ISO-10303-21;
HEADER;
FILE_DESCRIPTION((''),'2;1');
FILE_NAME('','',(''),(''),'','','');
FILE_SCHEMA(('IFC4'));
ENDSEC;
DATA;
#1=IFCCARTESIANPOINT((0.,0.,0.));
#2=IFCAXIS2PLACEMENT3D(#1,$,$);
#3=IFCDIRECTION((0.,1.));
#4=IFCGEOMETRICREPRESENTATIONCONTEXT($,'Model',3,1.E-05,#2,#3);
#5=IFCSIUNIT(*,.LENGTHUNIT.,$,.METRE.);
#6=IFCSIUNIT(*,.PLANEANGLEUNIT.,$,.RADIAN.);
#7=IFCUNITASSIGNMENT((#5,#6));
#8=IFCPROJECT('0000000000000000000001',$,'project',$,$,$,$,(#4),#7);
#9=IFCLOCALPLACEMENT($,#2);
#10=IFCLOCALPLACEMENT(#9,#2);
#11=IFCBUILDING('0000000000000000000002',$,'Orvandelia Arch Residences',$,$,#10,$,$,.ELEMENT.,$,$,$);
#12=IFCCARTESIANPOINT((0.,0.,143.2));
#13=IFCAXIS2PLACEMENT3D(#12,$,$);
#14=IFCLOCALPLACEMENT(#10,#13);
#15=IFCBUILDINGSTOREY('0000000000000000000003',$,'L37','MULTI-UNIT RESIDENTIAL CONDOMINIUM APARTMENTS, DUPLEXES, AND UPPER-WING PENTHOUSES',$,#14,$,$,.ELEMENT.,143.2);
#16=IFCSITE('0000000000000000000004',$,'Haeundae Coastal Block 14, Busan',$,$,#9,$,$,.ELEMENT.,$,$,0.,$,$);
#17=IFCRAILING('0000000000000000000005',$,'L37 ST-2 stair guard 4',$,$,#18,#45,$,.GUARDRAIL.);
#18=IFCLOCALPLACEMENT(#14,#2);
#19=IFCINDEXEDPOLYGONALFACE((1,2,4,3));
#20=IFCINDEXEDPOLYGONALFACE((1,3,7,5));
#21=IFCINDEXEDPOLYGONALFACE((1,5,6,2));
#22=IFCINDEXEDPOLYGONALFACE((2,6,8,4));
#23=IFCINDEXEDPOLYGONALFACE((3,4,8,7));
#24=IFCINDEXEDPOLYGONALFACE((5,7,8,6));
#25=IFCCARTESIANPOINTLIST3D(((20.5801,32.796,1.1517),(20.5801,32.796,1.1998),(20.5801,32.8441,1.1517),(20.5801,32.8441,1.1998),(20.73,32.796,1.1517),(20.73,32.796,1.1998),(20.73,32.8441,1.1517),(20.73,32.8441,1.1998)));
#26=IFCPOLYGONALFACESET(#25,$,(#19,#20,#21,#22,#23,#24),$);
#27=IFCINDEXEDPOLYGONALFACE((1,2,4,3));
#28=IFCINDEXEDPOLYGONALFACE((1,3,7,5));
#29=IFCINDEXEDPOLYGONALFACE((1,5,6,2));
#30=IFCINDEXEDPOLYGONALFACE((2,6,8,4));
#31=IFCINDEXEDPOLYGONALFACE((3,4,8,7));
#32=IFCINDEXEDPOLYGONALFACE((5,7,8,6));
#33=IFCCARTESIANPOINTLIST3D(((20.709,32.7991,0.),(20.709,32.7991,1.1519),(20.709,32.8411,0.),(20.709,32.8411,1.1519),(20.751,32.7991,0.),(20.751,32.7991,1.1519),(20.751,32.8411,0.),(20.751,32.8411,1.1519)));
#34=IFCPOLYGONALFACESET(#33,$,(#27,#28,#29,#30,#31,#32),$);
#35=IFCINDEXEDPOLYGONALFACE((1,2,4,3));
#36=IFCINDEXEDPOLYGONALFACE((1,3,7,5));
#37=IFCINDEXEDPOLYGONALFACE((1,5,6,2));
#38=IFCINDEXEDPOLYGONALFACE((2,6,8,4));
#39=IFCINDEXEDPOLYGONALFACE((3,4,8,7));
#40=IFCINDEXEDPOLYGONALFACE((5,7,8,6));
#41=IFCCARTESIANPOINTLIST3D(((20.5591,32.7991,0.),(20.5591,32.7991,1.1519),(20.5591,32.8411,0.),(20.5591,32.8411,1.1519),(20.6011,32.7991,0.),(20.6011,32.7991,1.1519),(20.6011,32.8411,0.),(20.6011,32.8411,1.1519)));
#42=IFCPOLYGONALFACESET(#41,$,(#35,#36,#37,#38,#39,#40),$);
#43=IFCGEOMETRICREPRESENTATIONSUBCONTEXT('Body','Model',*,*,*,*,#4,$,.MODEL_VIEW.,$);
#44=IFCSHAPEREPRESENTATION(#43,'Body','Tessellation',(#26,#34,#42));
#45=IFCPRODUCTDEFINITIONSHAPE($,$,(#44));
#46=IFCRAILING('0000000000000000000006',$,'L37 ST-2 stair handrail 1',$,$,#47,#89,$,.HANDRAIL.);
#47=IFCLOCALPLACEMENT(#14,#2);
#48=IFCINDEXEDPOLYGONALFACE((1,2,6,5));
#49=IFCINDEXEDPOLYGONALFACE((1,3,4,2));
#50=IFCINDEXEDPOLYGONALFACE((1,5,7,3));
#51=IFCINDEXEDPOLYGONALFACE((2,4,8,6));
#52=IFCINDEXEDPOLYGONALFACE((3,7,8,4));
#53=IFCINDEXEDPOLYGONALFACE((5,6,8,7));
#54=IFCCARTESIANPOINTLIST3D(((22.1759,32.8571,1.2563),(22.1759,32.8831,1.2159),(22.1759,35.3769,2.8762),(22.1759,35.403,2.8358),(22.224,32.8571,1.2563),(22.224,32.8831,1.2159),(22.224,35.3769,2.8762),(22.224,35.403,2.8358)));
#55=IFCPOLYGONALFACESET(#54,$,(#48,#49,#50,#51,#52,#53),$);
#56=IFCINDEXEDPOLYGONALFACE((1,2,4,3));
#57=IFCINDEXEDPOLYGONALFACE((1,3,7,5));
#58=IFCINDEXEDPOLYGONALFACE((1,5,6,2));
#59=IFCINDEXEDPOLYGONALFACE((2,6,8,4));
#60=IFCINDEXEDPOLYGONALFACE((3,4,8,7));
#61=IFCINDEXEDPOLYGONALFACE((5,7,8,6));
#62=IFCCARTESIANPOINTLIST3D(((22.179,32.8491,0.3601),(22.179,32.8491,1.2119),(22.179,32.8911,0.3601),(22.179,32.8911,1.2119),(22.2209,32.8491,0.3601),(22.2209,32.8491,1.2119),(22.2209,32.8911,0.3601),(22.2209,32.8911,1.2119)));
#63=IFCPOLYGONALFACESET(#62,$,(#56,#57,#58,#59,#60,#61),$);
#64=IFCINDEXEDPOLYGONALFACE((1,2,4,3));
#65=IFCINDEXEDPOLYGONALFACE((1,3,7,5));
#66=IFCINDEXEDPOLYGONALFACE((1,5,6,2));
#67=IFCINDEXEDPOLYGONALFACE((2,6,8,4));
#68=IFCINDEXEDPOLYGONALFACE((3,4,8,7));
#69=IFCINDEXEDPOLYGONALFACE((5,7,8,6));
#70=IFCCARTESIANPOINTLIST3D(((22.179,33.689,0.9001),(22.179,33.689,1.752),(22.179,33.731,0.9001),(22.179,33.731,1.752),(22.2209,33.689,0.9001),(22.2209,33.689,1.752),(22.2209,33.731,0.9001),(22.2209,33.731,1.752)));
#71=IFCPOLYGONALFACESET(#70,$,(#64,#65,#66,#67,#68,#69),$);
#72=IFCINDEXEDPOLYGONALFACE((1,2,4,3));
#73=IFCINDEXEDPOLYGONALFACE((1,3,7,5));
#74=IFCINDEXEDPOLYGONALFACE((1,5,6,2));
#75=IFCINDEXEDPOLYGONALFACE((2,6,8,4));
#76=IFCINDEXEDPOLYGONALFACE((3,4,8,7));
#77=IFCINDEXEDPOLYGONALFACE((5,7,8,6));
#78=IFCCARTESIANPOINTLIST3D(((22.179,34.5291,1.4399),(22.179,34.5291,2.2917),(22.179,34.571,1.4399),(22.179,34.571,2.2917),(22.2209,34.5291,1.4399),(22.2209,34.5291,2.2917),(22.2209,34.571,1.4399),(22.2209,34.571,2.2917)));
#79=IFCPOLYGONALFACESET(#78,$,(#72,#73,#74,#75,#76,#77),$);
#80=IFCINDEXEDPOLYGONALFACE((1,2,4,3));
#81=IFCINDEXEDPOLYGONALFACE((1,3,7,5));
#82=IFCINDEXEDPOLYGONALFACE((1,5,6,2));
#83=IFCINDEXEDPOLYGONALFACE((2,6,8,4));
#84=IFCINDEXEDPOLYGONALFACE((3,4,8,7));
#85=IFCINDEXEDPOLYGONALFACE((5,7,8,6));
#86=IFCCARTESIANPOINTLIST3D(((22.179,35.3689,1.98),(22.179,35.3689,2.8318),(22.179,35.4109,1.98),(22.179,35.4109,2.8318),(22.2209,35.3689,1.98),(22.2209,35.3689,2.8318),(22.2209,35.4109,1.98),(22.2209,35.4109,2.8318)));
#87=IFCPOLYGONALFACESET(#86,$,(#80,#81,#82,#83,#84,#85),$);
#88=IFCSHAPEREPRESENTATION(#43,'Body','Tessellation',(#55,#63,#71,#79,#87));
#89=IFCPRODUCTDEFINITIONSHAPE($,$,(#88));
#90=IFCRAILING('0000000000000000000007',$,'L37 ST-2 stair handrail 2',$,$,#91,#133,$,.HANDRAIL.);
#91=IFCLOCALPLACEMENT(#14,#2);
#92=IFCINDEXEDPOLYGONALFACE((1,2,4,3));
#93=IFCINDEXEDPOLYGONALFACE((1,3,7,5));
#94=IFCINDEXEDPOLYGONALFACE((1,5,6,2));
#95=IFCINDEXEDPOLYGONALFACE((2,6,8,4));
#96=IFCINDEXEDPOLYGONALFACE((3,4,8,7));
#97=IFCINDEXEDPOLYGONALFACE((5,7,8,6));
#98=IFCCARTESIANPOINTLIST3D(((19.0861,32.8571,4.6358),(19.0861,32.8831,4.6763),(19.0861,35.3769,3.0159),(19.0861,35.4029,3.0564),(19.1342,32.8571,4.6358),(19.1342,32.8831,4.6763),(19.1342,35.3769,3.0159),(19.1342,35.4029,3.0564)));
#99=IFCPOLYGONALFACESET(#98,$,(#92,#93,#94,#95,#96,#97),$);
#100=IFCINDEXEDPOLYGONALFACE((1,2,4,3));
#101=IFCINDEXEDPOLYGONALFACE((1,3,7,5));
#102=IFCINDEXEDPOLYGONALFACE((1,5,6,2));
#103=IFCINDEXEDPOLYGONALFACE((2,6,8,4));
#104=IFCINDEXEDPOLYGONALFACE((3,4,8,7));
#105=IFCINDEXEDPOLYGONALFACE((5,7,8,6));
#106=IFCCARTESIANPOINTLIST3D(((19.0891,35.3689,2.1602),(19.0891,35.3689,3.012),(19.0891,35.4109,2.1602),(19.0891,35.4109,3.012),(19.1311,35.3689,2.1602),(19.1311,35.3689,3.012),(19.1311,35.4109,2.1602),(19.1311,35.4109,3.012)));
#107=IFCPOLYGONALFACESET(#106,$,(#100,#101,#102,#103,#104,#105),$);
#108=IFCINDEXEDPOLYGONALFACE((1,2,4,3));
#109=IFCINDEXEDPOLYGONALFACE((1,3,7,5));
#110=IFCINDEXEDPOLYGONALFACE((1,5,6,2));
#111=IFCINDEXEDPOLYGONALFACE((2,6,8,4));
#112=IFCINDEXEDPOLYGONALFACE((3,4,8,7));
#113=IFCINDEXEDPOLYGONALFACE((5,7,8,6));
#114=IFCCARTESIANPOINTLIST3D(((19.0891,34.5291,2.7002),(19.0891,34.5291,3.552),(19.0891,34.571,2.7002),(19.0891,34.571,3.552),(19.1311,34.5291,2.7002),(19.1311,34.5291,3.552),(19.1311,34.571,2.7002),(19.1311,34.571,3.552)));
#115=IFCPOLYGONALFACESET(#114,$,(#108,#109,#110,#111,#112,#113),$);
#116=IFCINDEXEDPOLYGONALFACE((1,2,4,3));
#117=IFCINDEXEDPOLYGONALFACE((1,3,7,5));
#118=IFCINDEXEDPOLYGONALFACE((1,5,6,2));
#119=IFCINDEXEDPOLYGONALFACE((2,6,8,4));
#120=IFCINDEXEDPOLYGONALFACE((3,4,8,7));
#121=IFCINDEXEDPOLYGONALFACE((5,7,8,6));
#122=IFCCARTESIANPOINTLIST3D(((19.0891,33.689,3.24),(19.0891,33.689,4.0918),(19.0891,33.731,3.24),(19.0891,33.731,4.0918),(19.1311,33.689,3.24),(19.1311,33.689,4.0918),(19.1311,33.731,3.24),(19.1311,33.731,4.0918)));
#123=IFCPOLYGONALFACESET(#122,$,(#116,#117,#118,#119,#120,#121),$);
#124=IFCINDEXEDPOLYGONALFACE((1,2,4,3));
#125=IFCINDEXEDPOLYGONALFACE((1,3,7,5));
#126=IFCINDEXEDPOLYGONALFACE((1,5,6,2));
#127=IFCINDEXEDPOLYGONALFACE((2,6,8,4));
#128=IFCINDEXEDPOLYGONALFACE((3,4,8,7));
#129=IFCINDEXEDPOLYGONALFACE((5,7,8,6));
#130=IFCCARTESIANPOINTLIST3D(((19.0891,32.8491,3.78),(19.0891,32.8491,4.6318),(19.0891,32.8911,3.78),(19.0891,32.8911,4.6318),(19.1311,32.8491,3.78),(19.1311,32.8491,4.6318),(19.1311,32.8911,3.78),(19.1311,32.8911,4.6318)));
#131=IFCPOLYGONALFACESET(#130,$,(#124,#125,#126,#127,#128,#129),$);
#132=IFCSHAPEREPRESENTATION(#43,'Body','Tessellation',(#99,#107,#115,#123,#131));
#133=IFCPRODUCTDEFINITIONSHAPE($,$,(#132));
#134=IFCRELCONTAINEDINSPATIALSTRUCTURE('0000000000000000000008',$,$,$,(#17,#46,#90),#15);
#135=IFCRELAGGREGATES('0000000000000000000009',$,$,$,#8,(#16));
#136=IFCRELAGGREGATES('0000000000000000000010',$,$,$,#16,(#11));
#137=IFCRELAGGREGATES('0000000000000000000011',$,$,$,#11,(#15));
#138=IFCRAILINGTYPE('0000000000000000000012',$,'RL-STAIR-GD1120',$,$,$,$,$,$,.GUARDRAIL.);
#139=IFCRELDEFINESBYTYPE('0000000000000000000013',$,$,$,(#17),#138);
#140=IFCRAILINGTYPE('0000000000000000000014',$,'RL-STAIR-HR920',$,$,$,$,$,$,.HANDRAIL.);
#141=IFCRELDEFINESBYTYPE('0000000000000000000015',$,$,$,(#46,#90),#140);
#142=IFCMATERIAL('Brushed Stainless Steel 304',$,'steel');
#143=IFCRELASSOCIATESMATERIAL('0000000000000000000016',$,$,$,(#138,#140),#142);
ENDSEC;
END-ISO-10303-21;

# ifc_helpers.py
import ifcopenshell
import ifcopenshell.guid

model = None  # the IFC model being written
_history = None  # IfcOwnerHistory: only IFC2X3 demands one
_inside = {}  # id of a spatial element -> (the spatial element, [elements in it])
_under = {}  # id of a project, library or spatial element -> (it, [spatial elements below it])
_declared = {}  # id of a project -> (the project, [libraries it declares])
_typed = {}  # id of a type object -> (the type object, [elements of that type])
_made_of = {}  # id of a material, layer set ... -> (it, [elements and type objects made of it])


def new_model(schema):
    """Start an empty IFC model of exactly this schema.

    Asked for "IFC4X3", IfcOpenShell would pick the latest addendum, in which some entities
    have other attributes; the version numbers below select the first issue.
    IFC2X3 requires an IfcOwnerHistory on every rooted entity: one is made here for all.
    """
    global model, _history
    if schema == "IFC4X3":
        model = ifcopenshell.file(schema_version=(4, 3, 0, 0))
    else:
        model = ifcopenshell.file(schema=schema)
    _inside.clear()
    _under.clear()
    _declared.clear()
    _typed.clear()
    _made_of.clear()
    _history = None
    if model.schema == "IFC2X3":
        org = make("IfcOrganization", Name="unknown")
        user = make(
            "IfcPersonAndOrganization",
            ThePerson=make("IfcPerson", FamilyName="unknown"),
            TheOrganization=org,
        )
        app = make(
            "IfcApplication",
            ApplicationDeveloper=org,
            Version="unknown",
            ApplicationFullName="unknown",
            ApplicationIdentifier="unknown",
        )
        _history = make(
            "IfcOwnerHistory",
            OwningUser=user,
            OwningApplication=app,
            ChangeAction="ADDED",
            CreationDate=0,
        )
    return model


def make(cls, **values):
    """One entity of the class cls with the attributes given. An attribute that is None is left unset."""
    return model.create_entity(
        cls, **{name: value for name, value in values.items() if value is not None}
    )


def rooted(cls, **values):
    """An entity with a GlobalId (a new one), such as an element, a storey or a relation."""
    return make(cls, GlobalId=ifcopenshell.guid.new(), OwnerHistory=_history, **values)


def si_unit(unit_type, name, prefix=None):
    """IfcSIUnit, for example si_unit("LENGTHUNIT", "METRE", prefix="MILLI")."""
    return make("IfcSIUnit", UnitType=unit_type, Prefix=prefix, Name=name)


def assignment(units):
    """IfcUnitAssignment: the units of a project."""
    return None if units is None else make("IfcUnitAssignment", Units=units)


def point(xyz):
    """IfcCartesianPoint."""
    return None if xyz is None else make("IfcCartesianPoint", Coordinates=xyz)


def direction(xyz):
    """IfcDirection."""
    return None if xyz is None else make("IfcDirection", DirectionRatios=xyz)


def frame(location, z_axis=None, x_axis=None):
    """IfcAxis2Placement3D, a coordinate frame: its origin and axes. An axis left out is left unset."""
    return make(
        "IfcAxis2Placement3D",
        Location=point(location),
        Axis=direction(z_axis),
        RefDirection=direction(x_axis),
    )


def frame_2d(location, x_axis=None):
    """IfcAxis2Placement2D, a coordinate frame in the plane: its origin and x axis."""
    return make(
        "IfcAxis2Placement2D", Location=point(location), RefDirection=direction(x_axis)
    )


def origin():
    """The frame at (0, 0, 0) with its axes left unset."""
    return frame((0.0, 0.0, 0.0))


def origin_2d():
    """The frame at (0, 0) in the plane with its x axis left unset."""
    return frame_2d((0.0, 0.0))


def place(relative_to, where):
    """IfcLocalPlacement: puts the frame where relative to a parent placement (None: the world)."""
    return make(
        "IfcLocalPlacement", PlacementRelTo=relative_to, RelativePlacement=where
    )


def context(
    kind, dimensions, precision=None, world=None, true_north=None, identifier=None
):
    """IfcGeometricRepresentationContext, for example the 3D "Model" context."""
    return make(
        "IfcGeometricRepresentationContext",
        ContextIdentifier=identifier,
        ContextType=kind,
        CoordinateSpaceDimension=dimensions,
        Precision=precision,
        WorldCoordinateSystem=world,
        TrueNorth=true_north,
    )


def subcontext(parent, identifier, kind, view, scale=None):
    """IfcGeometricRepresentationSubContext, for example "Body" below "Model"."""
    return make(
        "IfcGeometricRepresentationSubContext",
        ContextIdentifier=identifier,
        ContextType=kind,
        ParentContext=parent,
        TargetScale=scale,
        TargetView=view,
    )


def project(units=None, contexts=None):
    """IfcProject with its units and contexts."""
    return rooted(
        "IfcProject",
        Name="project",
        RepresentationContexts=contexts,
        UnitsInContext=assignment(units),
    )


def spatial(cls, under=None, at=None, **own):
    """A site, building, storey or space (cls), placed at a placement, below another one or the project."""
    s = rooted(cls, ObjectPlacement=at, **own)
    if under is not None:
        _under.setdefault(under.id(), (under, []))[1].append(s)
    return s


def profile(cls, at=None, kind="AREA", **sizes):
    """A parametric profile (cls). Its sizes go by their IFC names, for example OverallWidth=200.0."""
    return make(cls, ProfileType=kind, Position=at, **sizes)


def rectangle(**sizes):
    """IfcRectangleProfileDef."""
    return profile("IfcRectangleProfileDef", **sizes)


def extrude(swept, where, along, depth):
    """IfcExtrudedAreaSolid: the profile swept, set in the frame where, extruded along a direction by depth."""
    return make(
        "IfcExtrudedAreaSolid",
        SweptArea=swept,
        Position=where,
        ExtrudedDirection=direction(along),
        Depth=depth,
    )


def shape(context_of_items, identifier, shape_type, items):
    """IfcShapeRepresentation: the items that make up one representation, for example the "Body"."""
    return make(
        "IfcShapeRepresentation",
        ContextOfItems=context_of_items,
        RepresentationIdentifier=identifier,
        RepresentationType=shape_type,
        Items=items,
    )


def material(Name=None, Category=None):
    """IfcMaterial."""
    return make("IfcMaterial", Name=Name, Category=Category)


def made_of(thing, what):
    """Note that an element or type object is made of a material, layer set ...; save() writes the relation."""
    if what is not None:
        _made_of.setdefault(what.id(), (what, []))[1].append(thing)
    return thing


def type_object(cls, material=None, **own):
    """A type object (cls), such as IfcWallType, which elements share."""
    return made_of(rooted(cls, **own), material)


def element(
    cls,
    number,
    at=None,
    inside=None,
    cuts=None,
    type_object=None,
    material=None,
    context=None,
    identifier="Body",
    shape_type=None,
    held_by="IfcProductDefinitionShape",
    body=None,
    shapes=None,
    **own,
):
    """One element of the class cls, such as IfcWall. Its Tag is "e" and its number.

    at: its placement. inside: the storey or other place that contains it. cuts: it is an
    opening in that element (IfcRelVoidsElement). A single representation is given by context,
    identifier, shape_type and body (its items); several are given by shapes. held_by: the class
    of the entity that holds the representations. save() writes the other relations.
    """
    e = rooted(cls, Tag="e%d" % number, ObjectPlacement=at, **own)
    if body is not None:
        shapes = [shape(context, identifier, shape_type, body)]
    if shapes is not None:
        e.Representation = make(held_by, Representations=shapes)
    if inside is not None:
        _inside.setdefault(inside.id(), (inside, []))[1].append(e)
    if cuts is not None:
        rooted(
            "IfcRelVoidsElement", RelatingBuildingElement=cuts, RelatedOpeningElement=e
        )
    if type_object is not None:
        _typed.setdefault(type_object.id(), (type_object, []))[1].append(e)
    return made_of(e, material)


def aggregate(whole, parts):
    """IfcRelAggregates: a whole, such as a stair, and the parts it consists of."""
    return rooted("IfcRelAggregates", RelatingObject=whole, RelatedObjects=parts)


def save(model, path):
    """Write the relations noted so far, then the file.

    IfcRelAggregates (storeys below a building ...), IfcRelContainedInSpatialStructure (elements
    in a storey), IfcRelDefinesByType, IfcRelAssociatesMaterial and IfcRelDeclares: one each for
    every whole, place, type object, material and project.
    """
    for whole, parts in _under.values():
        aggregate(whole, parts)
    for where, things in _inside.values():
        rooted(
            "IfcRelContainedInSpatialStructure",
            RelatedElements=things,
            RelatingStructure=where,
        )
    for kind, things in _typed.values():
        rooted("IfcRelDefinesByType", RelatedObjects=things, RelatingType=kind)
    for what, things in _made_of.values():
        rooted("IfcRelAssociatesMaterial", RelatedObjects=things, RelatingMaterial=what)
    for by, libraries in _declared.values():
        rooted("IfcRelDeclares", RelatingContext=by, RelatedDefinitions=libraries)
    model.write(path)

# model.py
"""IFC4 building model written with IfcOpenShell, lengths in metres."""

from ifc_helpers import new_model, si_unit, direction, frame, origin, origin_2d, place, context, subcontext, project, spatial, rectangle, extrude, material, type_object, element, save


model = new_model("IFC4")

# Units and contexts
model_context = context("Model", 3, precision=1e-05, world=origin(), true_north=direction((0.0, 1.0)))
body_context = subcontext(model_context, "Body", "Model", "MODEL_VIEW")
ifc_project = project(units=[si_unit("LENGTHUNIT", "METRE"), si_unit("PLANEANGLEUNIT", "RADIAN")], contexts=[model_context])

# Site, building, storey
site_placement = place(None, origin())
site = spatial("IfcSite", under=ifc_project, at=site_placement, Name="Haeundae Coastal Block 14, Busan", CompositionType="ELEMENT", RefElevation=0.0)
building_placement = place(site_placement, origin())
building = spatial("IfcBuilding", under=site, at=building_placement, Name="Orvandelia Arch Residences", CompositionType="ELEMENT")
storey_placement = place(building_placement, frame((0.0, 0.0, 143.2)))
storey = spatial("IfcBuildingStorey", under=building, at=storey_placement, Name="L37", Description="MULTI-UNIT RESIDENTIAL CONDOMINIUM APARTMENTS, DUPLEXES, AND UPPER-WING PENTHOUSES", CompositionType="ELEMENT", Elevation=143.2)

# Railings
ifc_material_1 = material(Name="Brushed Stainless Steel 304", Category="steel")
railing_type_1 = type_object("IfcRailingType", Name="RL-STAIR-GD1120", PredefinedType="GUARDRAIL", material=ifc_material_1)
railing_1_placement = place(storey_placement, frame((20.73, 32.8201, 0.0)))
element("IfcRailing", 1, at=railing_1_placement, inside=storey, type_object=railing_type_1, Name="L37 ST-2 stair guard 4", PredefinedType="GUARDRAIL", context=body_context, shape_type="SweptSolid", body=[
    extrude(rectangle(XDim=0.0481, YDim=0.0481, at=origin_2d()), frame((0.0, 0.0, 1.1758), z_axis=(-1.0, 0.0, 0.0), x_axis=(0.0, -1.0, 0.0)), (0.0, 0.0, 1.0), 0.1499),
    extrude(rectangle(XDim=0.042, YDim=0.042, at=origin_2d()), origin(), (0.0, 0.0, 1.0), 1.1519),
    extrude(rectangle(XDim=0.042, YDim=0.042, at=origin_2d()), frame((-0.1499, 0.0, 0.0)), (0.0, 0.0, 1.0), 1.1519),
])
railing_type_2 = type_object("IfcRailingType", Name="RL-STAIR-HR920", PredefinedType="HANDRAIL", material=ifc_material_1)
railing_2_placement = place(storey_placement, frame((22.2, 32.8701, 0.3601)))
element("IfcRailing", 2, at=railing_2_placement, inside=storey, type_object=railing_type_2, Name="L37 ST-2 stair handrail 1", PredefinedType="HANDRAIL", context=body_context, shape_type="SweptSolid", body=[
    extrude(rectangle(XDim=0.0481, YDim=0.0481, at=origin_2d()), frame((0.0, 0.0, 0.876), z_axis=(0.0, 0.841176, 0.540762), x_axis=(-1.0, 0.0, 0.0)), (0.0, 0.0, 1.0), 2.9956),
    extrude(rectangle(XDim=0.042, YDim=0.042, at=origin_2d()), origin(), (0.0, 0.0, 1.0), 0.8518),
    extrude(rectangle(XDim=0.042, YDim=0.042, at=origin_2d()), frame((0.0, 0.8398, 0.54)), (0.0, 0.0, 1.0), 0.8518),
    extrude(rectangle(XDim=0.042, YDim=0.042, at=origin_2d()), frame((0.0, 1.6799, 1.0798)), (0.0, 0.0, 1.0), 0.8518),
    extrude(rectangle(XDim=0.042, YDim=0.042, at=origin_2d()), frame((0.0, 2.5198, 1.6199)), (0.0, 0.0, 1.0), 0.8518),
])
railing_3_placement = place(storey_placement, frame((19.1101, 35.3899, 2.1602)))
element("IfcRailing", 3, at=railing_3_placement, inside=storey, type_object=railing_type_2, Name="L37 ST-2 stair handrail 2", PredefinedType="HANDRAIL", context=body_context, shape_type="SweptSolid", body=[
    extrude(rectangle(XDim=0.0481, YDim=0.0481, at=origin_2d()), frame((0.0, 0.0, 0.876), z_axis=(0.0, -0.841176, 0.540762), x_axis=(1.0, 0.0, 0.0)), (0.0, 0.0, 1.0), 2.9956),
    extrude(rectangle(XDim=0.042, YDim=0.042, at=origin_2d()), origin(), (0.0, 0.0, 1.0), 0.8518),
    extrude(rectangle(XDim=0.042, YDim=0.042, at=origin_2d()), frame((0.0, -0.8398, 0.54)), (0.0, 0.0, 1.0), 0.8518),
    extrude(rectangle(XDim=0.042, YDim=0.042, at=origin_2d()), frame((0.0, -1.6799, 1.0798)), (0.0, 0.0, 1.0), 0.8518),
    extrude(rectangle(XDim=0.042, YDim=0.042, at=origin_2d()), frame((0.0, -2.5198, 1.6199)), (0.0, 0.0, 1.0), 0.8518),
])

save(model, "model.ifc")
